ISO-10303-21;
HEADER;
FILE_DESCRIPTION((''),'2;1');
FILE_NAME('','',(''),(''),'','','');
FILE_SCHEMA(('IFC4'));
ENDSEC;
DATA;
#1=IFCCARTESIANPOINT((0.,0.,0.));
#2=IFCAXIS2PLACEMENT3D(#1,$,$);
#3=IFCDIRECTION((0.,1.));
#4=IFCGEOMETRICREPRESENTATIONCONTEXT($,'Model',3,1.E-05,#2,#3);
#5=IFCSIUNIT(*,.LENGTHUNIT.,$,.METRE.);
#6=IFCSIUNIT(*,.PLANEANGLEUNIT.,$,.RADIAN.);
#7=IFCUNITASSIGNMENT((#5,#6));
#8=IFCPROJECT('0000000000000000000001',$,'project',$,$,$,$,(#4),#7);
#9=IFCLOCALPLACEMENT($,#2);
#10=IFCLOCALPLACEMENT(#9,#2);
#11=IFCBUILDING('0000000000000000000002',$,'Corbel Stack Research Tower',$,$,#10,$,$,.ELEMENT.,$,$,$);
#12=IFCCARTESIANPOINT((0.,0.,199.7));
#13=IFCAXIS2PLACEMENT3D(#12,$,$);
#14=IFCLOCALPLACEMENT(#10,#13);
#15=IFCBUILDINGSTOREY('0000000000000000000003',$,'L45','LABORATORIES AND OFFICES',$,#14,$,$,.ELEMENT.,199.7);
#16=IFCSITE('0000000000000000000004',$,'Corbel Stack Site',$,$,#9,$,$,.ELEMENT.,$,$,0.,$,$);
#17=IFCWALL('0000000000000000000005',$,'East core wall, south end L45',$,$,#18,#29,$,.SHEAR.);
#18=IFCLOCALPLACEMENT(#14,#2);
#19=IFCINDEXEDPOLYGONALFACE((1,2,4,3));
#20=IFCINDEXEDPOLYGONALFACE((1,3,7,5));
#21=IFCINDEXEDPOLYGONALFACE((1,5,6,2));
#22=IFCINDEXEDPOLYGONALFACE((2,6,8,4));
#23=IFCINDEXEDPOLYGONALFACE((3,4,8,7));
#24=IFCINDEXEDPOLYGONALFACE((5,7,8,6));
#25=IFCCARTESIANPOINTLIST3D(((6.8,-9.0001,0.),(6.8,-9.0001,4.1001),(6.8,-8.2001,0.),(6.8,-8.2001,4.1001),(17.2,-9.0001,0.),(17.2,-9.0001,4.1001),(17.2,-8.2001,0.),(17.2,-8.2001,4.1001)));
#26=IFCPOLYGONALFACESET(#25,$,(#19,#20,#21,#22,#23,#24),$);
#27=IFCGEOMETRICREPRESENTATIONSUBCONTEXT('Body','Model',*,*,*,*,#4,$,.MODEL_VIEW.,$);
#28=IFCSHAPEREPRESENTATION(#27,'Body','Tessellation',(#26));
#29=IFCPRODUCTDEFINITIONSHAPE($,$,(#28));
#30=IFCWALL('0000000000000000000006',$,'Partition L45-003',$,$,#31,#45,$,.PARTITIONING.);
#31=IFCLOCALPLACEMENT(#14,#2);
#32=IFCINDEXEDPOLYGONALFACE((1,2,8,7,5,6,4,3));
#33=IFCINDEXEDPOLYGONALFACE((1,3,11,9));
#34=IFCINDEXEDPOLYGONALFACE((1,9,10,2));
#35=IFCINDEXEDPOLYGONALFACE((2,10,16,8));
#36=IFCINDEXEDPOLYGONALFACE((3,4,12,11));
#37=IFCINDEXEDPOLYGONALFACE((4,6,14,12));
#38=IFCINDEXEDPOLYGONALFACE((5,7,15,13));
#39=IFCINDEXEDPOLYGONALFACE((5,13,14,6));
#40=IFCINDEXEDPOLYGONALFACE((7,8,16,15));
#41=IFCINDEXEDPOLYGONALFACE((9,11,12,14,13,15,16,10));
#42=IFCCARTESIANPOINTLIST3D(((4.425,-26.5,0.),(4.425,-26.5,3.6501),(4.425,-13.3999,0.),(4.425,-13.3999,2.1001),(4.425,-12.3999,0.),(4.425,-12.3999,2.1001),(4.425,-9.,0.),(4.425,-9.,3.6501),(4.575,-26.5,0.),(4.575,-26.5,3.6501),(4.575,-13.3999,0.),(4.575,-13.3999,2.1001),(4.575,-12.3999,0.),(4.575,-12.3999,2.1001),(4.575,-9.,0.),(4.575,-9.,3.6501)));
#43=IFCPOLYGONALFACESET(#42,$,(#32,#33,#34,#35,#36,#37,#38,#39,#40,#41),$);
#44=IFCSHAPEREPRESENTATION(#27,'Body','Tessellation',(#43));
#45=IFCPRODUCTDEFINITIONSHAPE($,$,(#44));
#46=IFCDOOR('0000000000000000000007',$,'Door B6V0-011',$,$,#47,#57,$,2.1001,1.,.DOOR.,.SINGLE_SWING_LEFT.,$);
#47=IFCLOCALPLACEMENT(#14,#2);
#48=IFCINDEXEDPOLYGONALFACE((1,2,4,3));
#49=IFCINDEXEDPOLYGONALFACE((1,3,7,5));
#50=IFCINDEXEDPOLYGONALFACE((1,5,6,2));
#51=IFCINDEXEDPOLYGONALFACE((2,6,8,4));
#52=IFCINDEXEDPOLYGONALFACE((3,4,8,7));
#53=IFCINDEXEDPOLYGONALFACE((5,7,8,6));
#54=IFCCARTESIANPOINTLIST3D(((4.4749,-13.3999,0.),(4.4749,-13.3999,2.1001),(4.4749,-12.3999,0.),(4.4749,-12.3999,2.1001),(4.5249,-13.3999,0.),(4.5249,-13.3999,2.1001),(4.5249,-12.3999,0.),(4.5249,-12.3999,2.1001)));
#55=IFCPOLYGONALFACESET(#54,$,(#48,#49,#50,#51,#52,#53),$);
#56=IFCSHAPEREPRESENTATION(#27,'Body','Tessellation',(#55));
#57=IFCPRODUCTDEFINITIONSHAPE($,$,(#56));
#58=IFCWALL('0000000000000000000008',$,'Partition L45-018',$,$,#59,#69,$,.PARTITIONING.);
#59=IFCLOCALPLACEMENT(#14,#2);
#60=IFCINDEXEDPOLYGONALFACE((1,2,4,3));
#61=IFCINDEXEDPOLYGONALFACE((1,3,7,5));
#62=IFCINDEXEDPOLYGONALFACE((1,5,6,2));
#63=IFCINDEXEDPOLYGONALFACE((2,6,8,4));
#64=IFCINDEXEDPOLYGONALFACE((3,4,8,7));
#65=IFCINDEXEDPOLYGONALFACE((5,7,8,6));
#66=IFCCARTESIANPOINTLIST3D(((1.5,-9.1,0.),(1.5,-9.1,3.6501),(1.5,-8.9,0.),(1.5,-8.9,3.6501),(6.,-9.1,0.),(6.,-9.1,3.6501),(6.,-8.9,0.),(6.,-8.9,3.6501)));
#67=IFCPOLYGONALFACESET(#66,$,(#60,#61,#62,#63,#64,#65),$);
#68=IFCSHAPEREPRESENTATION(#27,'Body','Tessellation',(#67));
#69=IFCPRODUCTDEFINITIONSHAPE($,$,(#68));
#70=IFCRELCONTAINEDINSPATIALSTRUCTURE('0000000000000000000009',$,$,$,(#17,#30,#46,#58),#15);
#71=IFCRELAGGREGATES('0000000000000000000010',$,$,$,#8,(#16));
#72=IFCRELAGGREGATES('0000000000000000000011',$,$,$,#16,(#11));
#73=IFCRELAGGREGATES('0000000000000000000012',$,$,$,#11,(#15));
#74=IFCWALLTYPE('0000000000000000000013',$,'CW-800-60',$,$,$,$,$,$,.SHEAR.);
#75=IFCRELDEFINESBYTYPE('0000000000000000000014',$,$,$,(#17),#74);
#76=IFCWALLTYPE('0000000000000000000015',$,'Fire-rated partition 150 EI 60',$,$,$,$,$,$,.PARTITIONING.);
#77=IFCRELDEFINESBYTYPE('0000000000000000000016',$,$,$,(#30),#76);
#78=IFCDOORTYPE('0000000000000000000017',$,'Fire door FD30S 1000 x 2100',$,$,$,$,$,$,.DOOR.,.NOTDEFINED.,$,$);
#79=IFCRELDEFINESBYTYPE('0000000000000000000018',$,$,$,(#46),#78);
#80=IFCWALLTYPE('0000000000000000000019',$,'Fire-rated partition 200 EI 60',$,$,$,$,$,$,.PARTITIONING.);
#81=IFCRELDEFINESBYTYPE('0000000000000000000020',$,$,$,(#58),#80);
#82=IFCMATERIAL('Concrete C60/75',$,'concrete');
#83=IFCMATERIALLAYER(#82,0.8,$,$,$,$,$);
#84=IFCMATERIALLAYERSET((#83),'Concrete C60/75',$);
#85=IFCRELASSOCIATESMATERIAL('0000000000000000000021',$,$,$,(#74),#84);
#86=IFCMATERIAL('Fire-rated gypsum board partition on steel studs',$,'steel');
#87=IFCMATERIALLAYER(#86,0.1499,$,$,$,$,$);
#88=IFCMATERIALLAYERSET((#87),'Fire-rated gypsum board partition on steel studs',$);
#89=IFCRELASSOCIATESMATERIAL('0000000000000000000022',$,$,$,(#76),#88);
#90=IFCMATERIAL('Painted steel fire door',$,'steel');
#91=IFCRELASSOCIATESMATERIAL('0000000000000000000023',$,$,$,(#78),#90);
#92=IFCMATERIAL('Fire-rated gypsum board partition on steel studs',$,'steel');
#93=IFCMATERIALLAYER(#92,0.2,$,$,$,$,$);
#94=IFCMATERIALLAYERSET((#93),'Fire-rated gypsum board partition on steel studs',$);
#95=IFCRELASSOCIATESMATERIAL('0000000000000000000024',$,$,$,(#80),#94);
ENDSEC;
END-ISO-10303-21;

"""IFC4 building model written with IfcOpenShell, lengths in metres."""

from ifc_helpers import new_model, si_unit, direction, frame, frame_2d, origin, place, context, subcontext, project, spatial, rectangle, extrude, material, layer, layer_set, type_object, element, fill, save


model = new_model("IFC4")

# Units and contexts
model_context = context("Model", 3, precision=1e-05, world=origin(), true_north=direction((0.0, 1.0)))
body_context = subcontext(model_context, "Body", "Model", "MODEL_VIEW")
ifc_project = project(units=[si_unit("LENGTHUNIT", "METRE"), si_unit("PLANEANGLEUNIT", "RADIAN")], contexts=[model_context])

# Site, building, storey
site_placement = place(None, origin())
site = spatial("IfcSite", under=ifc_project, at=site_placement, Name="Corbel Stack Site", CompositionType="ELEMENT", RefElevation=0.0)
building_placement = place(site_placement, origin())
building = spatial("IfcBuilding", under=site, at=building_placement, Name="Corbel Stack Research Tower", CompositionType="ELEMENT")
storey_placement = place(building_placement, frame((0.0, 0.0, 199.7)))
storey = spatial("IfcBuildingStorey", under=building, at=storey_placement, Name="L45", Description="LABORATORIES AND OFFICES", CompositionType="ELEMENT", Elevation=199.7)

# Shared definitions
ifc_material_1 = material(Name="Concrete C60/75", Category="concrete")
ifc_layer_1 = layer(ifc_material_1, 0.8)
ifc_layer_set_1 = layer_set([ifc_layer_1], Name="Concrete C60/75")
wall_type_1 = type_object("IfcWallType", Name="CW-800-60", PredefinedType="SHEAR", material=ifc_layer_set_1)

# Wall
wall_1_placement = place(storey_placement, frame((6.8, -8.6001, 0.0), z_axis=(0.0, 0.0, 1.0), x_axis=(1.0, 0.0, 0.0)))
element("IfcWall", 1, at=wall_1_placement, inside=storey, type_object=wall_type_1, Name="East core wall, south end L45", PredefinedType="SHEAR", context=body_context, shape_type="SweptSolid", body=[
    extrude(rectangle(XDim=10.3999, YDim=0.8, at=frame_2d((5.2, 0.0))), origin(), (0.0, 0.0, 1.0), 4.1001),
])

# Wall, opening, door
ifc_material_2 = material(Name="Fire-rated gypsum board partition on steel studs", Category="steel")
ifc_layer_2 = layer(ifc_material_2, 0.1499)
ifc_layer_set_2 = layer_set([ifc_layer_2], Name="Fire-rated gypsum board partition on steel studs")
wall_type_2 = type_object("IfcWallType", Name="Fire-rated partition 150 EI 60", PredefinedType="PARTITIONING", material=ifc_layer_set_2)
wall_2_placement = place(storey_placement, frame((4.5, -9.0, 0.0), z_axis=(0.0, 0.0, 1.0), x_axis=(0.0, -1.0, 0.0)))
wall_2 = element("IfcWall", 2, at=wall_2_placement, inside=storey, type_object=wall_type_2, Name="Partition L45-003", PredefinedType="PARTITIONING", context=body_context, shape_type="SweptSolid", body=[
    extrude(rectangle(XDim=17.5, YDim=0.1499, at=frame_2d((8.75, 0.0))), origin(), (0.0, 0.0, 1.0), 3.6501),
])
opening_1_placement = place(wall_2_placement, frame((3.3999, 0.0, 0.0)))
opening_1 = element("IfcOpeningElement", 3, at=opening_1_placement, cuts=wall_2, PredefinedType="OPENING", context=body_context, shape_type="SweptSolid", body=[
    extrude(rectangle(XDim=1.0, YDim=2.1001, at=frame_2d((0.5, 1.05))), frame((0.0, 0.085, 0.0), z_axis=(0.0, -1.0, 0.0), x_axis=(1.0, 0.0, 0.0)), (0.0, 0.0, 1.0), 0.1699),
])
ifc_material_3 = material(Name="Painted steel fire door", Category="steel")
door_type_1 = type_object("IfcDoorType", Name="Fire door FD30S 1000 x 2100", OperationType="NOTDEFINED", PredefinedType="DOOR", material=ifc_material_3)
door_1_placement = place(opening_1_placement, origin())
door_1 = element("IfcDoor", 4, at=door_1_placement, inside=storey, type_object=door_type_1, Name="Door B6V0-011", OperationType="SINGLE_SWING_LEFT", OverallHeight=2.1001, OverallWidth=1.0, PredefinedType="DOOR", context=body_context, shape_type="SweptSolid", body=[
    extrude(rectangle(XDim=1.0, YDim=2.1001, at=frame_2d((0.5, 1.05))), frame((0.0, 0.0249, 0.0), z_axis=(0.0, -1.0, 0.0), x_axis=(1.0, 0.0, 0.0)), (0.0, 0.0, 1.0), 0.05),
])
fill(opening_1, door_1)

# Wall
ifc_material_4 = material(Name="Fire-rated gypsum board partition on steel studs", Category="steel")
ifc_layer_3 = layer(ifc_material_4, 0.2)
ifc_layer_set_3 = layer_set([ifc_layer_3], Name="Fire-rated gypsum board partition on steel studs")
wall_type_3 = type_object("IfcWallType", Name="Fire-rated partition 200 EI 60", PredefinedType="PARTITIONING", material=ifc_layer_set_3)
wall_3_placement = place(storey_placement, frame((1.5, -9.0, 0.0), z_axis=(0.0, 0.0, 1.0), x_axis=(1.0, 0.0, 0.0)))
element("IfcWall", 5, at=wall_3_placement, inside=storey, type_object=wall_type_3, Name="Partition L45-018", PredefinedType="PARTITIONING", context=body_context, shape_type="SweptSolid", body=[
    extrude(rectangle(XDim=4.5, YDim=0.2, at=frame_2d((2.25, 0.0))), origin(), (0.0, 0.0, 1.0), 3.6501),
])

save(model, "model.ifc")
